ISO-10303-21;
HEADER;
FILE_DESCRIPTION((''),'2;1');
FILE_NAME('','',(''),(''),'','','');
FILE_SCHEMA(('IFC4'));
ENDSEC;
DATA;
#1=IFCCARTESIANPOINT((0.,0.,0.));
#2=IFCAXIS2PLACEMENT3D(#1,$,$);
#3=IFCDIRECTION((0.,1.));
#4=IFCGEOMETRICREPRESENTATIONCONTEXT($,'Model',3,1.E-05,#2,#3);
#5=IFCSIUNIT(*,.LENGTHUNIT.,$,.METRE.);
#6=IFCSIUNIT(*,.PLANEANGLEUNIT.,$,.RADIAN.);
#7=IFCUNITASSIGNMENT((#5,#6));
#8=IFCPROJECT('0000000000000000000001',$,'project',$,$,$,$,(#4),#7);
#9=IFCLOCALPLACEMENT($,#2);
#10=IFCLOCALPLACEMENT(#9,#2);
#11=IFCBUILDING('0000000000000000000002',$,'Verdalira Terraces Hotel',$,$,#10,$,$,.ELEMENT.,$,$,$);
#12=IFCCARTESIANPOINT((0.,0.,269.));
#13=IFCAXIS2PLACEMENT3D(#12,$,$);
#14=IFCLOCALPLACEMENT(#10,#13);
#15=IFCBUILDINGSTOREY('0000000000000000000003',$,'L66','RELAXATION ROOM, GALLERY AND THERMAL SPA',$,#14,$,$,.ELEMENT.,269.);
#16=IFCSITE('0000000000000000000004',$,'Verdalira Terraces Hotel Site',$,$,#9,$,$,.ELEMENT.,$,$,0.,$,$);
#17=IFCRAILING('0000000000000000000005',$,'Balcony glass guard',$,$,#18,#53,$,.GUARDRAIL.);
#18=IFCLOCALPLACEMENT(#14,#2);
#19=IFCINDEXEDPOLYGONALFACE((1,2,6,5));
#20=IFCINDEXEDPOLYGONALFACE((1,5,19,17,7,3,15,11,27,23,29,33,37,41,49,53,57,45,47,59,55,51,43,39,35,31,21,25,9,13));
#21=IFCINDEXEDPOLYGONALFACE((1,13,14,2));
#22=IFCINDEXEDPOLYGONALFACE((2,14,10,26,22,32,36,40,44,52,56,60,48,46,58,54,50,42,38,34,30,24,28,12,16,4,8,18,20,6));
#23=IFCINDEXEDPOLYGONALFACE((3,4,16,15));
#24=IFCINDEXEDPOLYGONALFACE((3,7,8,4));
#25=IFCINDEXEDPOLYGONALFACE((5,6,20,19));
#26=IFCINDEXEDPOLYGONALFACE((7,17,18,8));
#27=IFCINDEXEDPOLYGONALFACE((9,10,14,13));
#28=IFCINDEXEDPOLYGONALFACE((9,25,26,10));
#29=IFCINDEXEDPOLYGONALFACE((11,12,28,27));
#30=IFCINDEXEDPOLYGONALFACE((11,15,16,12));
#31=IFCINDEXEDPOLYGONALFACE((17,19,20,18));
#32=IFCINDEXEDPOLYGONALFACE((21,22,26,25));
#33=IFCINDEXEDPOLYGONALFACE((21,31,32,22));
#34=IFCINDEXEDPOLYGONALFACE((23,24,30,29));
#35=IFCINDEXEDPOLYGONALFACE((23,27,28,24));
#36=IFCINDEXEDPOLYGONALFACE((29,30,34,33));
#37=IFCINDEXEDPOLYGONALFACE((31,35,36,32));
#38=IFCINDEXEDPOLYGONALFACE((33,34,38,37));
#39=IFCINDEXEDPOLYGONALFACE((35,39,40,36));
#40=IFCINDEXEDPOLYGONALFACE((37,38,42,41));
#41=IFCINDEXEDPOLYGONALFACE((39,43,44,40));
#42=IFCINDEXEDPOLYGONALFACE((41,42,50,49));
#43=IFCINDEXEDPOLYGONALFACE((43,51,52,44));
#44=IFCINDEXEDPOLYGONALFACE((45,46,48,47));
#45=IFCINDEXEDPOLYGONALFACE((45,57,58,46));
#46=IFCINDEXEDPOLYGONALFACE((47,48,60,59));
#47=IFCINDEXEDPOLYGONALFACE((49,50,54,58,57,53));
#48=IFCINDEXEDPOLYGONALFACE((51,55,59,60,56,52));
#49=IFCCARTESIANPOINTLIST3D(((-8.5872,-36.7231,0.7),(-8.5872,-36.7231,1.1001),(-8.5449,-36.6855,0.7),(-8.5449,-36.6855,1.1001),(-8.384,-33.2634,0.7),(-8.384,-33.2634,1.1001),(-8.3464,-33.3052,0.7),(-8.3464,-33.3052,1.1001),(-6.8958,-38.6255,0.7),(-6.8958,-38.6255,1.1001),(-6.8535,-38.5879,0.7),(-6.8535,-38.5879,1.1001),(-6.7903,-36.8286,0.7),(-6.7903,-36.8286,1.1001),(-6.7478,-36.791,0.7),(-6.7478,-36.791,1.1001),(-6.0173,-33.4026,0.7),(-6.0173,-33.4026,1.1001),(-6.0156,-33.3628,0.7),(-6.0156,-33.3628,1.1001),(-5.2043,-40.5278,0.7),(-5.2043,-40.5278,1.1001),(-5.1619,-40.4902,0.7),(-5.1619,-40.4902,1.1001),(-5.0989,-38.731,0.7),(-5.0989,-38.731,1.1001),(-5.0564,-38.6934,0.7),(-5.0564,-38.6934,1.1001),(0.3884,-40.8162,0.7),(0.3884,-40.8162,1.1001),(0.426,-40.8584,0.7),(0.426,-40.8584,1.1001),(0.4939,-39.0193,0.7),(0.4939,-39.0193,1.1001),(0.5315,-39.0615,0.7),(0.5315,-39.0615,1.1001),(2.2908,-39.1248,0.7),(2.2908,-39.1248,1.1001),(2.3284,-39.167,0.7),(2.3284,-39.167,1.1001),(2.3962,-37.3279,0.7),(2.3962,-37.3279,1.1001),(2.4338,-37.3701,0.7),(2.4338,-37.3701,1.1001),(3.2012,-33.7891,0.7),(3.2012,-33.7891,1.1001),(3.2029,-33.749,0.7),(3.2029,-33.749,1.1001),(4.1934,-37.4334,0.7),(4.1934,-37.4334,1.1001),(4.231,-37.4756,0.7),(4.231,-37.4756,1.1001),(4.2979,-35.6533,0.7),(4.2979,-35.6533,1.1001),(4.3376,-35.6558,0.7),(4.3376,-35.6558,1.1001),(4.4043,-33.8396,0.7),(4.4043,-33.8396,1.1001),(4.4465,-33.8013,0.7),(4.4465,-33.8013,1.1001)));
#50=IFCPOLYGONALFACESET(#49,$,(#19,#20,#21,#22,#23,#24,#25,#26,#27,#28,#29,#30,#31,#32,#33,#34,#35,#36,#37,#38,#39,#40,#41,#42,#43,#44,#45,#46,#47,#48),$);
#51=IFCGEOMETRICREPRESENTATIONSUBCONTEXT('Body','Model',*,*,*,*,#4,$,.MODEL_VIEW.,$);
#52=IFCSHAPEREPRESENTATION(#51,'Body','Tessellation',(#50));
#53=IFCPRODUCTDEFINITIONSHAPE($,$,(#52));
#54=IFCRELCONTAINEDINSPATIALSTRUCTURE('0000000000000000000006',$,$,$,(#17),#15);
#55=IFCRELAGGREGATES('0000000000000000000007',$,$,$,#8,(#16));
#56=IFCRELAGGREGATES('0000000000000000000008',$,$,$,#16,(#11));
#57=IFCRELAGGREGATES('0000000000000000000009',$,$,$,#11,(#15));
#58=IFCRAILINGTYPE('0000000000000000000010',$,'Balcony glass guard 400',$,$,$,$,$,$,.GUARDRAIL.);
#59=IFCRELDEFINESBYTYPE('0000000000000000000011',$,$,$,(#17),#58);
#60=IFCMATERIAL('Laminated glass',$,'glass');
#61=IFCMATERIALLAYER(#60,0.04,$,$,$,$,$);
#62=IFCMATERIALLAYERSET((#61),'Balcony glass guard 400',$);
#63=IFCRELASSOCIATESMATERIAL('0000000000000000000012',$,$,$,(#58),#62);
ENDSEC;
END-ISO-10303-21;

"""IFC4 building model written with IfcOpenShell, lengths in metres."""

from ifc_helpers import new_model, si_unit, direction, frame, origin, place, context, subcontext, project, spatial, polyline, outline, extrude, material, layer, layer_set, type_object, element, save


model = new_model("IFC4")

# Units and contexts
model_context = context("Model", 3, precision=1e-05, world=origin(), true_north=direction((0.0, 1.0)))
body_context = subcontext(model_context, "Body", "Model", "MODEL_VIEW")
ifc_project = project(units=[si_unit("LENGTHUNIT", "METRE"), si_unit("PLANEANGLEUNIT", "RADIAN")], contexts=[model_context])

# Site, building, storey
site_placement = place(None, origin())
site = spatial("IfcSite", under=ifc_project, at=site_placement, Name="Verdalira Terraces Hotel Site", CompositionType="ELEMENT", RefElevation=0.0)
building_placement = place(site_placement, origin())
building = spatial("IfcBuilding", under=site, at=building_placement, Name="Verdalira Terraces Hotel", CompositionType="ELEMENT")
storey_placement = place(building_placement, frame((0.0, 0.0, 269.0)))
storey = spatial("IfcBuildingStorey", under=building, at=storey_placement, Name="L66", Description="RELAXATION ROOM, GALLERY AND THERMAL SPA", CompositionType="ELEMENT", Elevation=269.0)

# Railing
ifc_material_1 = material(Name="Laminated glass", Category="glass")
ifc_layer_1 = layer(ifc_material_1, 0.04)
ifc_layer_set_1 = layer_set([ifc_layer_1], Name="Balcony glass guard 400")
railing_type_1 = type_object("IfcRailingType", Name="Balcony glass guard 400", PredefinedType="GUARDRAIL", material=ifc_layer_set_1)
railing_1_placement = place(storey_placement, frame((0.0, 0.0, 0.7)))
element("IfcRailing", 1, at=railing_1_placement, inside=storey, type_object=railing_type_1, Name="Balcony glass guard", PredefinedType="GUARDRAIL", context=body_context, shape_type="SweptSolid", body=[
    extrude(outline(polyline([(-8.3464, -33.3052), (-8.5449, -36.6855), (-6.7478, -36.791), (-6.8535, -38.5879), (-5.0564, -38.6934), (-5.1619, -40.4902), (0.3884, -40.8162), (0.4939, -39.0193), (2.2908, -39.1248), (2.3962, -37.3279), (4.1934, -37.4333), (4.2979, -35.6533), (4.4043, -33.8396), (3.2012, -33.7891), (3.2029, -33.749), (4.4465, -33.8013), (4.3376, -35.6558), (4.231, -37.4756), (2.4338, -37.3701), (2.3284, -39.167), (0.5315, -39.0615), (0.426, -40.8584), (-5.2043, -40.5278), (-5.0989, -38.731), (-6.8958, -38.6255), (-6.7903, -36.8286), (-8.5872, -36.7231), (-8.384, -33.2634), (-6.0156, -33.3628), (-6.0173, -33.4026), (-8.3464, -33.3052)])), origin(), (0.0, 0.0, 1.0), 0.4001),
])

save(model, "model.ifc")
